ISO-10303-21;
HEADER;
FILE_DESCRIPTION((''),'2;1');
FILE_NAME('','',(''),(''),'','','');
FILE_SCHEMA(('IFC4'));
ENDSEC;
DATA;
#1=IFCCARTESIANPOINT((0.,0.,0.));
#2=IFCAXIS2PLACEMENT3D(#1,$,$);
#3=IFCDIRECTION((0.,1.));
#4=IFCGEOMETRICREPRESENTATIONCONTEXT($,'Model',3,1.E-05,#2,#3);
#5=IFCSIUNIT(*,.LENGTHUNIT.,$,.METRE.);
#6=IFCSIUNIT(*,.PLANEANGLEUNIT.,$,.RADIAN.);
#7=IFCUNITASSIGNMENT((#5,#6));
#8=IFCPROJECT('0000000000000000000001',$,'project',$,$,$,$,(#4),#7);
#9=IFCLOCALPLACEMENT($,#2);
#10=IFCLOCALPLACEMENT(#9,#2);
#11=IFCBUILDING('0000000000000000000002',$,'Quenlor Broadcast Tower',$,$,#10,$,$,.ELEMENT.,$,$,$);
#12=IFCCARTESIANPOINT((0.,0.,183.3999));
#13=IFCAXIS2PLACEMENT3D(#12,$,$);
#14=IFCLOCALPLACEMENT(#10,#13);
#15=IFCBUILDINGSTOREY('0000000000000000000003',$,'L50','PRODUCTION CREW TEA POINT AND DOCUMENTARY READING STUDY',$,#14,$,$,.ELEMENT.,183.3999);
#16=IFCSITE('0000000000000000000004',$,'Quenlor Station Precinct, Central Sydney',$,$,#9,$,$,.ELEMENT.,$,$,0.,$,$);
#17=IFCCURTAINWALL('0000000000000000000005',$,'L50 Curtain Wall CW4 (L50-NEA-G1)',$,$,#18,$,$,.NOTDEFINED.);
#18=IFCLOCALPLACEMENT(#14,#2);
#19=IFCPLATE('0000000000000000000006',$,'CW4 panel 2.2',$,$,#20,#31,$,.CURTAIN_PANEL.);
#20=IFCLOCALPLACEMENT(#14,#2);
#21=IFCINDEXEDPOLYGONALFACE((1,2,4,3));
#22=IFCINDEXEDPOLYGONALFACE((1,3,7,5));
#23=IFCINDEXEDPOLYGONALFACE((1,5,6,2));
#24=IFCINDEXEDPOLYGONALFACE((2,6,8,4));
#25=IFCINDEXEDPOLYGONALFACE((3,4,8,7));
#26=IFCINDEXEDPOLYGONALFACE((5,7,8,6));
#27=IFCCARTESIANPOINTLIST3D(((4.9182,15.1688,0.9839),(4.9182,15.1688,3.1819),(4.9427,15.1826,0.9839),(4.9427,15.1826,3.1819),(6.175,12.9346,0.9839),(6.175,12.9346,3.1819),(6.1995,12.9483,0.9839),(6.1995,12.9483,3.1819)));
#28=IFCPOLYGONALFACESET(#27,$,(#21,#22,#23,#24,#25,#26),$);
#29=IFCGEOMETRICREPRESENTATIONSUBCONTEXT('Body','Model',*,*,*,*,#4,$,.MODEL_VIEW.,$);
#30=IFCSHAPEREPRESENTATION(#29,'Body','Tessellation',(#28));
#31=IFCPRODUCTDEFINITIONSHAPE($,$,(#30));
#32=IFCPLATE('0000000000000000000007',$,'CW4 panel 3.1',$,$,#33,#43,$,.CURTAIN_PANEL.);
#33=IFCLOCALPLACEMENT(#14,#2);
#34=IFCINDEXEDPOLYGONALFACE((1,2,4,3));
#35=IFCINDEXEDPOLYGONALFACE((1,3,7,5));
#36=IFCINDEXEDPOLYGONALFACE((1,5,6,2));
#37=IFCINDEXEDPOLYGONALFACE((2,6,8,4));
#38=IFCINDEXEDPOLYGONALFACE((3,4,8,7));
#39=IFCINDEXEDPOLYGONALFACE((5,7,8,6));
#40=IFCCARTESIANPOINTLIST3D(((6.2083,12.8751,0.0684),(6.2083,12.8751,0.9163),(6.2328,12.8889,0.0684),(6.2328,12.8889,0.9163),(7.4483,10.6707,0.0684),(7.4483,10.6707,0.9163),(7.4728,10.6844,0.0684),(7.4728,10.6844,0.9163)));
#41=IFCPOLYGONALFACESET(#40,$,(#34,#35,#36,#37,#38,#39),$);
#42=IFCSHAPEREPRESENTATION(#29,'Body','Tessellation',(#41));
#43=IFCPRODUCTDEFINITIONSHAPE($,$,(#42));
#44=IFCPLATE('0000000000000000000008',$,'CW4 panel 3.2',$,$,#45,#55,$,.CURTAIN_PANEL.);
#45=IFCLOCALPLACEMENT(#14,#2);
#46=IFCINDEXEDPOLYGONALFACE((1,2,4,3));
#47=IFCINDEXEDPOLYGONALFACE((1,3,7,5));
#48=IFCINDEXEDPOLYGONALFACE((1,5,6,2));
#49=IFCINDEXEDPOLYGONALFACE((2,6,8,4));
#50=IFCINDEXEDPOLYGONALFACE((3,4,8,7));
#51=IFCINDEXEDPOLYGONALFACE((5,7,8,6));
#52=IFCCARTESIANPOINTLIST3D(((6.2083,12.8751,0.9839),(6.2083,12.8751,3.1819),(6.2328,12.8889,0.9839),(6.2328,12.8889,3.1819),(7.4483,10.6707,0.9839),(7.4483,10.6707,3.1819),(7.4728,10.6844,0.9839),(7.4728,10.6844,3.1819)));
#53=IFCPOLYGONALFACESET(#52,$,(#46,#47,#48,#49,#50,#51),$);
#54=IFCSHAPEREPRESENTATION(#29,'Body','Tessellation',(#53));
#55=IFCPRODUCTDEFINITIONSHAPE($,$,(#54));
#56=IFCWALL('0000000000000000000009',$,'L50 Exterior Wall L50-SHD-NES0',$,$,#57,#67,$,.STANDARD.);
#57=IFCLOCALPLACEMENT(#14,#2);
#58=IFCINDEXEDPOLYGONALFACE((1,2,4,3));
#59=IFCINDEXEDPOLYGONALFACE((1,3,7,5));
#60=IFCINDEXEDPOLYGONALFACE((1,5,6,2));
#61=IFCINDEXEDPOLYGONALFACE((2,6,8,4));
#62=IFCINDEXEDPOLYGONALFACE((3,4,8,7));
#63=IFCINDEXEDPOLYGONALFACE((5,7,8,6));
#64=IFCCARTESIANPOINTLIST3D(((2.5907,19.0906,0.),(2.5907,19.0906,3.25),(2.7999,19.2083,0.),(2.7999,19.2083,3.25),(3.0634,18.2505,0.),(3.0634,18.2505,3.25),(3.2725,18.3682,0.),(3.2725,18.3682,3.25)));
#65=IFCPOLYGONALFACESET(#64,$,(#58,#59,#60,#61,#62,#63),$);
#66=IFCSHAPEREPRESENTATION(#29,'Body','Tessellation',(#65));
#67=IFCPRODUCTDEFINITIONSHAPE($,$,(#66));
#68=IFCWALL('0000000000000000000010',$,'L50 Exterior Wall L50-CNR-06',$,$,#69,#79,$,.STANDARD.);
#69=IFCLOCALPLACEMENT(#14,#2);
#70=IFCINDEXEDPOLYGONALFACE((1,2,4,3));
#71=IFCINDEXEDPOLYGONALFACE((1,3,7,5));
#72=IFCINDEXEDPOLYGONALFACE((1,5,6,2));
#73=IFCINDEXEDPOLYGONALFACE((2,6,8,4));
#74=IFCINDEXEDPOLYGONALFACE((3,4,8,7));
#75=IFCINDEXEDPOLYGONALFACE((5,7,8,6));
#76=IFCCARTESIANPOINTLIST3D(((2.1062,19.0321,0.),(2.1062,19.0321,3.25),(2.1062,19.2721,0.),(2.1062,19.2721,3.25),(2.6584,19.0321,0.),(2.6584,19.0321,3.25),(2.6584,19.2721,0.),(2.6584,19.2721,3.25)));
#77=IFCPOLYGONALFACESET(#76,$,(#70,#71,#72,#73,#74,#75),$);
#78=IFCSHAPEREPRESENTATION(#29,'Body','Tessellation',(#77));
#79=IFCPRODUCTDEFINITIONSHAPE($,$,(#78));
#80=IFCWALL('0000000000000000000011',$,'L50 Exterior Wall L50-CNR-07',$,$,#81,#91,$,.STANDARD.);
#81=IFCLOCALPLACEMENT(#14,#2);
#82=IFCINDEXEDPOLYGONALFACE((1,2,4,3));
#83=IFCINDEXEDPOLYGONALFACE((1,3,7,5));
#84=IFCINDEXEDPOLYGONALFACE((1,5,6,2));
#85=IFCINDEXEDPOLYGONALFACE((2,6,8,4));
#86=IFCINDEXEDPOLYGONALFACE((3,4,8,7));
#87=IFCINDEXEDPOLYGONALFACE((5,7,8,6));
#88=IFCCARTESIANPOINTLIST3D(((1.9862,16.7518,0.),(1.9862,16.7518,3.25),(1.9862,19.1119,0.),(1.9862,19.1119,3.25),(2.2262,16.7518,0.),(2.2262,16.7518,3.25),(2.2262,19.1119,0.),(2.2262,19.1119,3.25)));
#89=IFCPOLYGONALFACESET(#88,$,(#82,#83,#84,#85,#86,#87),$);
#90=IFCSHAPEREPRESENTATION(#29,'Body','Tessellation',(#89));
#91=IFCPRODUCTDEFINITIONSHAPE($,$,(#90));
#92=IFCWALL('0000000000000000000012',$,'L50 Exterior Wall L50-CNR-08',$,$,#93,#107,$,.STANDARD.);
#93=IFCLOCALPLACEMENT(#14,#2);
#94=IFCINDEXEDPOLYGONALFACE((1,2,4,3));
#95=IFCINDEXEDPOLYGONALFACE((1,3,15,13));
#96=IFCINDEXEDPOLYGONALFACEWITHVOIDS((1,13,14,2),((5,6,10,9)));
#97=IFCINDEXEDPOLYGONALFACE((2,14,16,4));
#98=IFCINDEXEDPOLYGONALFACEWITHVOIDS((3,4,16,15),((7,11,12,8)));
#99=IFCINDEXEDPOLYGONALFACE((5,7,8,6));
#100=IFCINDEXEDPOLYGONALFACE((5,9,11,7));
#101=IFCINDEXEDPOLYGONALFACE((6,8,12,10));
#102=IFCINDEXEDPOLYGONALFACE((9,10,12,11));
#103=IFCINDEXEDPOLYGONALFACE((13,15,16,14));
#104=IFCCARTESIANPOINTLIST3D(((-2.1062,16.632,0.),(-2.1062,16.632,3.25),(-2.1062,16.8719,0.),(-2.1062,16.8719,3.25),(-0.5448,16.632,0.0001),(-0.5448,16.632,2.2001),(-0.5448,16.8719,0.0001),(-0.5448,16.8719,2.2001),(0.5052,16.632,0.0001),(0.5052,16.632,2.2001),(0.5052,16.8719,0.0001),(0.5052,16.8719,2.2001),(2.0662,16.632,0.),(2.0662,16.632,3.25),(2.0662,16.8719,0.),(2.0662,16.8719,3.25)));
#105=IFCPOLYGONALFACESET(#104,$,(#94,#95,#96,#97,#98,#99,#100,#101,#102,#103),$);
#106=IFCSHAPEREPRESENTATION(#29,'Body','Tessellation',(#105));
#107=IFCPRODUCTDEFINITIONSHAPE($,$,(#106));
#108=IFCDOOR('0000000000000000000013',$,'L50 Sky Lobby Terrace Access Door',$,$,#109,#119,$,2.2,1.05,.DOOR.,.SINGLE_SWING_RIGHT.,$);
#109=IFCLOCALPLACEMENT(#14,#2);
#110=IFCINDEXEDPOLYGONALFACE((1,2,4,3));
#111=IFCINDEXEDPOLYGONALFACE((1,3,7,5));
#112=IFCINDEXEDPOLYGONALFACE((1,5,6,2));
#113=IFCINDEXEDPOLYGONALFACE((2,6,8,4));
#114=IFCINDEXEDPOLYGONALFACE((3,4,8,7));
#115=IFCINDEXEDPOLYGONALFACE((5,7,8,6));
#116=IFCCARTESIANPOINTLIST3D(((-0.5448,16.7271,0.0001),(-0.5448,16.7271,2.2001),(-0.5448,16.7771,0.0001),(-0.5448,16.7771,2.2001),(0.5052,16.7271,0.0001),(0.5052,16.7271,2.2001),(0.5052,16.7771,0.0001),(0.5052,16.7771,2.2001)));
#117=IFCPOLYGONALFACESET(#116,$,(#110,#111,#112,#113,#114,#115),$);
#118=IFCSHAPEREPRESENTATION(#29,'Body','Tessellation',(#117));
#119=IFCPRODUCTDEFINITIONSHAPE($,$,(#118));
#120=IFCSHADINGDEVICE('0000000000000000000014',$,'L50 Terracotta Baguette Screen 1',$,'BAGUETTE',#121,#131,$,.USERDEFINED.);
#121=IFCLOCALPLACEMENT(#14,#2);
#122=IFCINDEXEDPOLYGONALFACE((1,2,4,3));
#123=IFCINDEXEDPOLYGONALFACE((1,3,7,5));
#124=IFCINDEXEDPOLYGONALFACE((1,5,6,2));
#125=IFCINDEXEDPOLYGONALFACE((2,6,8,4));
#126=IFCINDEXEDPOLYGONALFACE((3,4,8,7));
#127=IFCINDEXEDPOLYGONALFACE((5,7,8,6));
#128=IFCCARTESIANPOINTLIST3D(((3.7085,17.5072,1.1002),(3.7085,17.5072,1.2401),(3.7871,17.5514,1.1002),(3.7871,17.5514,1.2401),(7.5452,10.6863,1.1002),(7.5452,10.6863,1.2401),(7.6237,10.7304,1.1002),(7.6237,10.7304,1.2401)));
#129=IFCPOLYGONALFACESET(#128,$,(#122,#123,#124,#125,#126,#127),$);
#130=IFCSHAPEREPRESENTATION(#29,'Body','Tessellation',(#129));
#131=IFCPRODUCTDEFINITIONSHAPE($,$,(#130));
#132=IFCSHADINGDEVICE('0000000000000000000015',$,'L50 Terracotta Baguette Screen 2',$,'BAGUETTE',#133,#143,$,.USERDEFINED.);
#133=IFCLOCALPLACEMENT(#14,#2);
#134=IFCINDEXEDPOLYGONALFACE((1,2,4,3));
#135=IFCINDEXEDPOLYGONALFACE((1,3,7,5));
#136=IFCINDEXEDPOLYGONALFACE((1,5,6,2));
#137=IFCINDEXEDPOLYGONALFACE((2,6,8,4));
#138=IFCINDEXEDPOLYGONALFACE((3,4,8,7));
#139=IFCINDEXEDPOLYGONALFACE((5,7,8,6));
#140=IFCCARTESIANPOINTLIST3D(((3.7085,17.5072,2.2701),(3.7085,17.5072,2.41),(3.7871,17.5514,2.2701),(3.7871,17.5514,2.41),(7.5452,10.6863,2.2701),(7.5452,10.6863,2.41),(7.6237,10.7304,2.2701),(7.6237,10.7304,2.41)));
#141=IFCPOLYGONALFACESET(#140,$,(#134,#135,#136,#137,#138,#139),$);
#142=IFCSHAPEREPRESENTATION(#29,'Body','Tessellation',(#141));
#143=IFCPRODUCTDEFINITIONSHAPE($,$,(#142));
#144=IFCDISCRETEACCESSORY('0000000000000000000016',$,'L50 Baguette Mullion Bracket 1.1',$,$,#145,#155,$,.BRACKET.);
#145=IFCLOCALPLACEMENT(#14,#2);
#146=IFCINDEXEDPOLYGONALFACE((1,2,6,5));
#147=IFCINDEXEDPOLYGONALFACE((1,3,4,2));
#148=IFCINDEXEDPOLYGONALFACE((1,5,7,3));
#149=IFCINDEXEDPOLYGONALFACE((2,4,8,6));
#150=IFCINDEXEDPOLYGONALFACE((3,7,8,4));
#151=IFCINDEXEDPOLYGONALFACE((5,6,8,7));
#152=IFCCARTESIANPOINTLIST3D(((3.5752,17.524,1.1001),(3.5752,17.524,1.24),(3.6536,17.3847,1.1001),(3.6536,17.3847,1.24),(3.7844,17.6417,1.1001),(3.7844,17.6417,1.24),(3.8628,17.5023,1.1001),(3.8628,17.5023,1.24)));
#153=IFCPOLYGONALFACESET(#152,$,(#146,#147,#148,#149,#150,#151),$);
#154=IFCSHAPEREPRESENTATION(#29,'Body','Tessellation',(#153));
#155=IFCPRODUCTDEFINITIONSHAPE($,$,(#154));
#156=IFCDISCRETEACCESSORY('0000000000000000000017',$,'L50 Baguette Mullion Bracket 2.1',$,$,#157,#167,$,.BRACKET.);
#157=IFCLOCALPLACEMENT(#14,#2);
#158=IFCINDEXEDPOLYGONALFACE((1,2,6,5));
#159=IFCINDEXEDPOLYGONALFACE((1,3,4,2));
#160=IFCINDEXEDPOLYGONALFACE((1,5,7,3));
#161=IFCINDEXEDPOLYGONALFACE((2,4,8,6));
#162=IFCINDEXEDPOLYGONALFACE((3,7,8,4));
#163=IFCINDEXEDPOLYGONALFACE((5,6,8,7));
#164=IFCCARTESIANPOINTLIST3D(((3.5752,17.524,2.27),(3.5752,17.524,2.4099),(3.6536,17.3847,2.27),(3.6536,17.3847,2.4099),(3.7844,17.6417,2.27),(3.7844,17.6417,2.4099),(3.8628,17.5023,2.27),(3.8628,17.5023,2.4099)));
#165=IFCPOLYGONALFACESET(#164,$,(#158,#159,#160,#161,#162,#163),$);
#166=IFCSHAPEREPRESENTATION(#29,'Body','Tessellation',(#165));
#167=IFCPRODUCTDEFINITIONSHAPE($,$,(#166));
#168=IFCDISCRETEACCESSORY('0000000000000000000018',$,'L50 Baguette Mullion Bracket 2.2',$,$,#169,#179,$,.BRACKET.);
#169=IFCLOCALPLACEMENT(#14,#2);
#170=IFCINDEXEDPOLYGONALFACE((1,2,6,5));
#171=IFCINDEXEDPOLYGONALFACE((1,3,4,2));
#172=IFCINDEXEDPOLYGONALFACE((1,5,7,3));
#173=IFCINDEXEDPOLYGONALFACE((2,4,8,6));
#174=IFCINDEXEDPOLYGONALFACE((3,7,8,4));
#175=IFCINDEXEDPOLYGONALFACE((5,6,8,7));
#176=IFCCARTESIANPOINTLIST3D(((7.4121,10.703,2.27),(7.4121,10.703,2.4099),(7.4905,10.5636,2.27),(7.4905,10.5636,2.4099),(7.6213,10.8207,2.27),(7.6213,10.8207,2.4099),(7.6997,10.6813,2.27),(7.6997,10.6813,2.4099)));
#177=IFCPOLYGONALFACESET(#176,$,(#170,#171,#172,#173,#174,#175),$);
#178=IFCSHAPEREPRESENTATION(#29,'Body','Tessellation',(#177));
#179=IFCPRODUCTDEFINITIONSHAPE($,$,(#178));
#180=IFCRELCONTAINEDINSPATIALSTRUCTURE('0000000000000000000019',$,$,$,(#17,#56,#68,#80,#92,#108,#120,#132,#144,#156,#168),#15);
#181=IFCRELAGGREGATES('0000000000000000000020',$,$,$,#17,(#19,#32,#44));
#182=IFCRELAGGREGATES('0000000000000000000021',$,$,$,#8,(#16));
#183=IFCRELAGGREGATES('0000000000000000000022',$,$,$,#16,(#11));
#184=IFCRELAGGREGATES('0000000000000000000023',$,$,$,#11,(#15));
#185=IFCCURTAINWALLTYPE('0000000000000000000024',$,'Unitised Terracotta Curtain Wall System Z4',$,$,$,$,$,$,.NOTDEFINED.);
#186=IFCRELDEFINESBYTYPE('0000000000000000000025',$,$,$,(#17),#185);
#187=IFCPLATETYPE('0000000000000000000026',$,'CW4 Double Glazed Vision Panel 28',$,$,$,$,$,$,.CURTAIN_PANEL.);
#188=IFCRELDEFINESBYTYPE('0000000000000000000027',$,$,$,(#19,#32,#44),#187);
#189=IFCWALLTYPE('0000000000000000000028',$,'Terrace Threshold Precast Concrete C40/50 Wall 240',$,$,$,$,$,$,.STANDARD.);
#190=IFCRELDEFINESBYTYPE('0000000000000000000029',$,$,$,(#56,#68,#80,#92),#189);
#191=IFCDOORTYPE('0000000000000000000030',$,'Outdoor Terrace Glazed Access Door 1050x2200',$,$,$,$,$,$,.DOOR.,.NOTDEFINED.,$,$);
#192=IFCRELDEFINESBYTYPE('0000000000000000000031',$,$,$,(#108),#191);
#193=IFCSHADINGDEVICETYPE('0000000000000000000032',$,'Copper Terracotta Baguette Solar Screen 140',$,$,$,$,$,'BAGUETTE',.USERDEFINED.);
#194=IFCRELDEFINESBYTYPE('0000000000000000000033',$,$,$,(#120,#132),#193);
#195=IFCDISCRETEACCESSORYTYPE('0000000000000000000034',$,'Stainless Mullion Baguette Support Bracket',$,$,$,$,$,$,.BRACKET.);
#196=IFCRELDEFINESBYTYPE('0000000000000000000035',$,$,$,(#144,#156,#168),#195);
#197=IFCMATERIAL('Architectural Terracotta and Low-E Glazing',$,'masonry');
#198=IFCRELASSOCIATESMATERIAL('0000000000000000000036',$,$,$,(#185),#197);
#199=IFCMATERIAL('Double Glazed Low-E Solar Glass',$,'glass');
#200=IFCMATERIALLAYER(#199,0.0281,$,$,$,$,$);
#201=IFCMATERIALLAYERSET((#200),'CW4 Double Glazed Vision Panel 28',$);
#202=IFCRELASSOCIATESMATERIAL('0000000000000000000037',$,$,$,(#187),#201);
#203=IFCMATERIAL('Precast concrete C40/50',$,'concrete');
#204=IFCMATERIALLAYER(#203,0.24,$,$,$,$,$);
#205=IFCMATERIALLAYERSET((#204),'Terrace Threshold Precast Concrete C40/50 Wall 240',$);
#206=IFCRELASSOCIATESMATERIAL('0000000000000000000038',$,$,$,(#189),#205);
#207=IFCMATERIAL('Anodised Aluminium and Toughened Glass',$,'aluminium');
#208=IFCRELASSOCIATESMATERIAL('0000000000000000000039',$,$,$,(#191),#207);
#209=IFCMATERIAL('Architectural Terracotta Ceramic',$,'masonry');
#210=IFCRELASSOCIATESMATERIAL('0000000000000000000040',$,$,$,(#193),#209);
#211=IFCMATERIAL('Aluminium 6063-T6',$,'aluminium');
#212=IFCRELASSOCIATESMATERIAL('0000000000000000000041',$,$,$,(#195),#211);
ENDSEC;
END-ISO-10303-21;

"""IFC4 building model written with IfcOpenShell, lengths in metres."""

from ifc_helpers import new_model, si_unit, direction, frame, frame_2d, origin, origin_2d, place, context, subcontext, project, spatial, rectangle, extrude, material, layer, layer_set, material_profile, profile_set, type_object, element, fill, aggregate, save


model = new_model("IFC4")

# Units and contexts
model_context = context("Model", 3, precision=1e-05, world=origin(), true_north=direction((0.0, 1.0)))
body_context = subcontext(model_context, "Body", "Model", "MODEL_VIEW")
ifc_project = project(units=[si_unit("LENGTHUNIT", "METRE"), si_unit("PLANEANGLEUNIT", "RADIAN")], contexts=[model_context])

# Site, building, storey
site_placement = place(None, origin())
site = spatial("IfcSite", under=ifc_project, at=site_placement, Name="Quenlor Station Precinct, Central Sydney", CompositionType="ELEMENT", RefElevation=0.0)
building_placement = place(site_placement, origin())
building = spatial("IfcBuilding", under=site, at=building_placement, Name="Quenlor Broadcast Tower", CompositionType="ELEMENT")
storey_placement = place(building_placement, frame((0.0, 0.0, 183.3999)))
storey = spatial("IfcBuildingStorey", under=building, at=storey_placement, Name="L50", Description="PRODUCTION CREW TEA POINT AND DOCUMENTARY READING STUDY", CompositionType="ELEMENT", Elevation=183.3999)

# Curtain wall
ifc_material_1 = material(Name="Architectural Terracotta and Low-E Glazing", Category="masonry")
curtain_wall_type = type_object("IfcCurtainWallType", Name="Unitised Terracotta Curtain Wall System Z4", PredefinedType="NOTDEFINED", material=ifc_material_1)
curtain_wall_placement = place(storey_placement, origin())
curtain_wall = element("IfcCurtainWall", 1, at=curtain_wall_placement, inside=storey, type_object=curtain_wall_type, Name="L50 Curtain Wall CW4 (L50-NEA-G1)", PredefinedType="NOTDEFINED")

# Plates
ifc_material_2 = material(Name="Double Glazed Low-E Solar Glass", Category="glass")
ifc_layer_1 = layer(ifc_material_2, 0.0281)
ifc_layer_set_1 = layer_set([ifc_layer_1], Name="CW4 Double Glazed Vision Panel 28")
plate_type = type_object("IfcPlateType", Name="CW4 Double Glazed Vision Panel 28", PredefinedType="CURTAIN_PANEL", material=ifc_layer_set_1)
plate_1_placement = place(storey_placement, frame((5.5588, 14.0586, 0.9839), z_axis=(0.0, 0.0, 1.0), x_axis=(0.490259, -0.871577, 0.0)))
plate_1 = element("IfcPlate", 2, at=plate_1_placement, type_object=plate_type, Name="CW4 panel 2.2", PredefinedType="CURTAIN_PANEL", context=body_context, shape_type="SweptSolid", body=[
    extrude(rectangle(XDim=2.5635, YDim=0.0281, at=origin_2d()), origin(), (0.0, 0.0, 1.0), 2.198),
])
plate_2_placement = place(storey_placement, frame((6.8406, 11.7798, 0.0684), z_axis=(0.0, 0.0, 1.0), x_axis=(0.490259, -0.871577, 0.0)))
plate_2 = element("IfcPlate", 3, at=plate_2_placement, type_object=plate_type, Name="CW4 panel 3.1", PredefinedType="CURTAIN_PANEL", context=body_context, shape_type="SweptSolid", body=[
    extrude(rectangle(XDim=2.5293, YDim=0.0281, at=origin_2d()), origin(), (0.0, 0.0, 1.0), 0.8479),
])
plate_3_placement = place(storey_placement, frame((6.8406, 11.7798, 0.9839), z_axis=(0.0, 0.0, 1.0), x_axis=(0.490259, -0.871577, 0.0)))
plate_3 = element("IfcPlate", 4, at=plate_3_placement, type_object=plate_type, Name="CW4 panel 3.2", PredefinedType="CURTAIN_PANEL", context=body_context, shape_type="SweptSolid", body=[
    extrude(rectangle(XDim=2.5293, YDim=0.0281, at=origin_2d()), origin(), (0.0, 0.0, 1.0), 2.198),
])
aggregate(curtain_wall, [plate_1, plate_2, plate_3])

# Walls
ifc_material_3 = material(Name="Precast concrete C40/50", Category="concrete")
ifc_layer_2 = layer(ifc_material_3, 0.24)
ifc_layer_set_2 = layer_set([ifc_layer_2], Name="Terrace Threshold Precast Concrete C40/50 Wall 240")
wall_type = type_object("IfcWallType", Name="Terrace Threshold Precast Concrete C40/50 Wall 240", PredefinedType="STANDARD", material=ifc_layer_set_2)
wall_1_placement = place(storey_placement, frame((2.6953, 19.1494, 0.0), z_axis=(0.0, 0.0, 1.0), x_axis=(0.490345, -0.871528, 0.0)))
element("IfcWall", 5, at=wall_1_placement, inside=storey, type_object=wall_type, Name="L50 Exterior Wall L50-SHD-NES0", PredefinedType="STANDARD", context=body_context, shape_type="SweptSolid", body=[
    extrude(rectangle(XDim=0.9639, YDim=0.24, at=frame_2d((0.4819, 0.0))), origin(), (0.0, 0.0, 1.0), 3.25),
])
wall_2_placement = place(storey_placement, frame((2.6584, 19.1521, 0.0), z_axis=(0.0, 0.0, 1.0), x_axis=(-1.0, 0.0, 0.0)))
element("IfcWall", 6, at=wall_2_placement, inside=storey, type_object=wall_type, Name="L50 Exterior Wall L50-CNR-06", PredefinedType="STANDARD", context=body_context, shape_type="SweptSolid", body=[
    extrude(rectangle(XDim=0.5522, YDim=0.24, at=frame_2d((0.2761, 0.0))), origin(), (0.0, 0.0, 1.0), 3.25),
])
wall_3_placement = place(storey_placement, frame((2.1062, 19.1121, 0.0), z_axis=(0.0, 0.0, 1.0), x_axis=(0.0, -1.0, 0.0)))
element("IfcWall", 7, at=wall_3_placement, inside=storey, type_object=wall_type, Name="L50 Exterior Wall L50-CNR-07", PredefinedType="STANDARD", context=body_context, shape_type="SweptSolid", body=[
    extrude(rectangle(XDim=2.3601, YDim=0.24, at=frame_2d((1.1802, 0.0))), origin(), (0.0, 0.0, 1.0), 3.25),
])

# Wall, opening, door
wall_4_placement = place(storey_placement, frame((2.0662, 16.752, 0.0), z_axis=(0.0, 0.0, 1.0), x_axis=(-1.0, 0.0, 0.0)))
wall_4 = element("IfcWall", 8, at=wall_4_placement, inside=storey, type_object=wall_type, Name="L50 Exterior Wall L50-CNR-08", PredefinedType="STANDARD", context=body_context, shape_type="SweptSolid", body=[
    extrude(rectangle(XDim=4.1724, YDim=0.24, at=frame_2d((2.0862, 0.0))), origin(), (0.0, 0.0, 1.0), 3.25),
])
opening_placement = place(wall_4_placement, frame((1.561, 0.0, 0.0)))
opening = element("IfcOpeningElement", 9, at=opening_placement, cuts=wall_4, PredefinedType="OPENING", context=body_context, shape_type="SweptSolid", body=[
    extrude(rectangle(XDim=1.05, YDim=2.2, at=frame_2d((0.5249, 1.1001))), frame((0.0, 0.1299, 0.0), z_axis=(0.0, -1.0, 0.0), x_axis=(1.0, 0.0, 0.0)), (0.0, 0.0, 1.0), 0.26),
])
ifc_material_4 = material(Name="Anodised Aluminium and Toughened Glass", Category="aluminium")
door_type = type_object("IfcDoorType", Name="Outdoor Terrace Glazed Access Door 1050x2200", OperationType="NOTDEFINED", PredefinedType="DOOR", material=ifc_material_4)
door_placement = place(opening_placement, origin())
door = element("IfcDoor", 10, at=door_placement, inside=storey, type_object=door_type, Name="L50 Sky Lobby Terrace Access Door", OperationType="SINGLE_SWING_RIGHT", OverallHeight=2.2, OverallWidth=1.05, PredefinedType="DOOR", context=body_context, shape_type="SweptSolid", body=[
    extrude(rectangle(XDim=1.05, YDim=2.2, at=frame_2d((0.5249, 1.1001))), frame((0.0, 0.0249, 0.0), z_axis=(0.0, -1.0, 0.0), x_axis=(1.0, 0.0, 0.0)), (0.0, 0.0, 1.0), 0.05),
])
fill(opening, door)

# Shading devices
ifc_material_5 = material(Name="Architectural Terracotta Ceramic", Category="masonry")
ifc_material_profile_1 = material_profile(ifc_material_5, rectangle(XDim=0.0901, YDim=0.1399, at=origin_2d()))
ifc_profile_set_1 = profile_set([ifc_material_profile_1], Name="Architectural Terracotta Ceramic BAG90x140")
shading_device_type = type_object("IfcShadingDeviceType", Name="Copper Terracotta Baguette Solar Screen 140", ElementType="BAGUETTE", PredefinedType="USERDEFINED", material=ifc_profile_set_1)
for number, where, z_axis, x_axis, name in (
    (11, (3.7478, 17.5293, 1.1702), (0.490245, -0.871585, 0.0), (0.871585, 0.490245, 0.0), "L50 Terracotta Baguette Screen 1"),
    (12, (3.7478, 17.5293, 2.3401), (0.490245, -0.871585, 0.0), (0.871585, 0.490245, 0.0), "L50 Terracotta Baguette Screen 2"),
):
    element("IfcShadingDevice", number, at=place(storey_placement, frame(where, z_axis=z_axis, x_axis=x_axis)), inside=storey, type_object=shading_device_type, Name=name, ObjectType="BAGUETTE", PredefinedType="USERDEFINED", context=body_context, shape_type="SweptSolid", body=[
        extrude(rectangle(XDim=0.0901, YDim=0.1399, at=origin_2d()), origin(), (0.0, 0.0, 1.0), 7.8259),
    ])

# Discrete accessories
ifc_material_6 = material(Name="Aluminium 6063-T6", Category="aluminium")
discrete_accessory_type = type_object("IfcDiscreteAccessoryType", Name="Stainless Mullion Baguette Support Bracket", PredefinedType="BRACKET", material=ifc_material_6)
for number, where, z_axis, x_axis, name in (
    (13, (3.719, 17.5132, 1.1001), (0.0, 0.0, 1.0), (0.490259, -0.871577, 0.0), "L50 Baguette Mullion Bracket 1.1"),
    (14, (3.719, 17.5132, 2.27), (0.0, 0.0, 1.0), (0.490259, -0.871577, 0.0), "L50 Baguette Mullion Bracket 2.1"),
    (15, (7.5559, 10.6921, 2.27), (0.0, 0.0, 1.0), (0.490259, -0.871577, 0.0), "L50 Baguette Mullion Bracket 2.2"),
):
    element("IfcDiscreteAccessory", number, at=place(storey_placement, frame(where, z_axis=z_axis, x_axis=x_axis)), inside=storey, type_object=discrete_accessory_type, Name=name, PredefinedType="BRACKET", context=body_context, shape_type="SweptSolid", body=[
        extrude(rectangle(XDim=0.1599, YDim=0.24, at=origin_2d()), origin(), (0.0, 0.0, 1.0), 0.1399),
    ])

save(model, "model.ifc")
